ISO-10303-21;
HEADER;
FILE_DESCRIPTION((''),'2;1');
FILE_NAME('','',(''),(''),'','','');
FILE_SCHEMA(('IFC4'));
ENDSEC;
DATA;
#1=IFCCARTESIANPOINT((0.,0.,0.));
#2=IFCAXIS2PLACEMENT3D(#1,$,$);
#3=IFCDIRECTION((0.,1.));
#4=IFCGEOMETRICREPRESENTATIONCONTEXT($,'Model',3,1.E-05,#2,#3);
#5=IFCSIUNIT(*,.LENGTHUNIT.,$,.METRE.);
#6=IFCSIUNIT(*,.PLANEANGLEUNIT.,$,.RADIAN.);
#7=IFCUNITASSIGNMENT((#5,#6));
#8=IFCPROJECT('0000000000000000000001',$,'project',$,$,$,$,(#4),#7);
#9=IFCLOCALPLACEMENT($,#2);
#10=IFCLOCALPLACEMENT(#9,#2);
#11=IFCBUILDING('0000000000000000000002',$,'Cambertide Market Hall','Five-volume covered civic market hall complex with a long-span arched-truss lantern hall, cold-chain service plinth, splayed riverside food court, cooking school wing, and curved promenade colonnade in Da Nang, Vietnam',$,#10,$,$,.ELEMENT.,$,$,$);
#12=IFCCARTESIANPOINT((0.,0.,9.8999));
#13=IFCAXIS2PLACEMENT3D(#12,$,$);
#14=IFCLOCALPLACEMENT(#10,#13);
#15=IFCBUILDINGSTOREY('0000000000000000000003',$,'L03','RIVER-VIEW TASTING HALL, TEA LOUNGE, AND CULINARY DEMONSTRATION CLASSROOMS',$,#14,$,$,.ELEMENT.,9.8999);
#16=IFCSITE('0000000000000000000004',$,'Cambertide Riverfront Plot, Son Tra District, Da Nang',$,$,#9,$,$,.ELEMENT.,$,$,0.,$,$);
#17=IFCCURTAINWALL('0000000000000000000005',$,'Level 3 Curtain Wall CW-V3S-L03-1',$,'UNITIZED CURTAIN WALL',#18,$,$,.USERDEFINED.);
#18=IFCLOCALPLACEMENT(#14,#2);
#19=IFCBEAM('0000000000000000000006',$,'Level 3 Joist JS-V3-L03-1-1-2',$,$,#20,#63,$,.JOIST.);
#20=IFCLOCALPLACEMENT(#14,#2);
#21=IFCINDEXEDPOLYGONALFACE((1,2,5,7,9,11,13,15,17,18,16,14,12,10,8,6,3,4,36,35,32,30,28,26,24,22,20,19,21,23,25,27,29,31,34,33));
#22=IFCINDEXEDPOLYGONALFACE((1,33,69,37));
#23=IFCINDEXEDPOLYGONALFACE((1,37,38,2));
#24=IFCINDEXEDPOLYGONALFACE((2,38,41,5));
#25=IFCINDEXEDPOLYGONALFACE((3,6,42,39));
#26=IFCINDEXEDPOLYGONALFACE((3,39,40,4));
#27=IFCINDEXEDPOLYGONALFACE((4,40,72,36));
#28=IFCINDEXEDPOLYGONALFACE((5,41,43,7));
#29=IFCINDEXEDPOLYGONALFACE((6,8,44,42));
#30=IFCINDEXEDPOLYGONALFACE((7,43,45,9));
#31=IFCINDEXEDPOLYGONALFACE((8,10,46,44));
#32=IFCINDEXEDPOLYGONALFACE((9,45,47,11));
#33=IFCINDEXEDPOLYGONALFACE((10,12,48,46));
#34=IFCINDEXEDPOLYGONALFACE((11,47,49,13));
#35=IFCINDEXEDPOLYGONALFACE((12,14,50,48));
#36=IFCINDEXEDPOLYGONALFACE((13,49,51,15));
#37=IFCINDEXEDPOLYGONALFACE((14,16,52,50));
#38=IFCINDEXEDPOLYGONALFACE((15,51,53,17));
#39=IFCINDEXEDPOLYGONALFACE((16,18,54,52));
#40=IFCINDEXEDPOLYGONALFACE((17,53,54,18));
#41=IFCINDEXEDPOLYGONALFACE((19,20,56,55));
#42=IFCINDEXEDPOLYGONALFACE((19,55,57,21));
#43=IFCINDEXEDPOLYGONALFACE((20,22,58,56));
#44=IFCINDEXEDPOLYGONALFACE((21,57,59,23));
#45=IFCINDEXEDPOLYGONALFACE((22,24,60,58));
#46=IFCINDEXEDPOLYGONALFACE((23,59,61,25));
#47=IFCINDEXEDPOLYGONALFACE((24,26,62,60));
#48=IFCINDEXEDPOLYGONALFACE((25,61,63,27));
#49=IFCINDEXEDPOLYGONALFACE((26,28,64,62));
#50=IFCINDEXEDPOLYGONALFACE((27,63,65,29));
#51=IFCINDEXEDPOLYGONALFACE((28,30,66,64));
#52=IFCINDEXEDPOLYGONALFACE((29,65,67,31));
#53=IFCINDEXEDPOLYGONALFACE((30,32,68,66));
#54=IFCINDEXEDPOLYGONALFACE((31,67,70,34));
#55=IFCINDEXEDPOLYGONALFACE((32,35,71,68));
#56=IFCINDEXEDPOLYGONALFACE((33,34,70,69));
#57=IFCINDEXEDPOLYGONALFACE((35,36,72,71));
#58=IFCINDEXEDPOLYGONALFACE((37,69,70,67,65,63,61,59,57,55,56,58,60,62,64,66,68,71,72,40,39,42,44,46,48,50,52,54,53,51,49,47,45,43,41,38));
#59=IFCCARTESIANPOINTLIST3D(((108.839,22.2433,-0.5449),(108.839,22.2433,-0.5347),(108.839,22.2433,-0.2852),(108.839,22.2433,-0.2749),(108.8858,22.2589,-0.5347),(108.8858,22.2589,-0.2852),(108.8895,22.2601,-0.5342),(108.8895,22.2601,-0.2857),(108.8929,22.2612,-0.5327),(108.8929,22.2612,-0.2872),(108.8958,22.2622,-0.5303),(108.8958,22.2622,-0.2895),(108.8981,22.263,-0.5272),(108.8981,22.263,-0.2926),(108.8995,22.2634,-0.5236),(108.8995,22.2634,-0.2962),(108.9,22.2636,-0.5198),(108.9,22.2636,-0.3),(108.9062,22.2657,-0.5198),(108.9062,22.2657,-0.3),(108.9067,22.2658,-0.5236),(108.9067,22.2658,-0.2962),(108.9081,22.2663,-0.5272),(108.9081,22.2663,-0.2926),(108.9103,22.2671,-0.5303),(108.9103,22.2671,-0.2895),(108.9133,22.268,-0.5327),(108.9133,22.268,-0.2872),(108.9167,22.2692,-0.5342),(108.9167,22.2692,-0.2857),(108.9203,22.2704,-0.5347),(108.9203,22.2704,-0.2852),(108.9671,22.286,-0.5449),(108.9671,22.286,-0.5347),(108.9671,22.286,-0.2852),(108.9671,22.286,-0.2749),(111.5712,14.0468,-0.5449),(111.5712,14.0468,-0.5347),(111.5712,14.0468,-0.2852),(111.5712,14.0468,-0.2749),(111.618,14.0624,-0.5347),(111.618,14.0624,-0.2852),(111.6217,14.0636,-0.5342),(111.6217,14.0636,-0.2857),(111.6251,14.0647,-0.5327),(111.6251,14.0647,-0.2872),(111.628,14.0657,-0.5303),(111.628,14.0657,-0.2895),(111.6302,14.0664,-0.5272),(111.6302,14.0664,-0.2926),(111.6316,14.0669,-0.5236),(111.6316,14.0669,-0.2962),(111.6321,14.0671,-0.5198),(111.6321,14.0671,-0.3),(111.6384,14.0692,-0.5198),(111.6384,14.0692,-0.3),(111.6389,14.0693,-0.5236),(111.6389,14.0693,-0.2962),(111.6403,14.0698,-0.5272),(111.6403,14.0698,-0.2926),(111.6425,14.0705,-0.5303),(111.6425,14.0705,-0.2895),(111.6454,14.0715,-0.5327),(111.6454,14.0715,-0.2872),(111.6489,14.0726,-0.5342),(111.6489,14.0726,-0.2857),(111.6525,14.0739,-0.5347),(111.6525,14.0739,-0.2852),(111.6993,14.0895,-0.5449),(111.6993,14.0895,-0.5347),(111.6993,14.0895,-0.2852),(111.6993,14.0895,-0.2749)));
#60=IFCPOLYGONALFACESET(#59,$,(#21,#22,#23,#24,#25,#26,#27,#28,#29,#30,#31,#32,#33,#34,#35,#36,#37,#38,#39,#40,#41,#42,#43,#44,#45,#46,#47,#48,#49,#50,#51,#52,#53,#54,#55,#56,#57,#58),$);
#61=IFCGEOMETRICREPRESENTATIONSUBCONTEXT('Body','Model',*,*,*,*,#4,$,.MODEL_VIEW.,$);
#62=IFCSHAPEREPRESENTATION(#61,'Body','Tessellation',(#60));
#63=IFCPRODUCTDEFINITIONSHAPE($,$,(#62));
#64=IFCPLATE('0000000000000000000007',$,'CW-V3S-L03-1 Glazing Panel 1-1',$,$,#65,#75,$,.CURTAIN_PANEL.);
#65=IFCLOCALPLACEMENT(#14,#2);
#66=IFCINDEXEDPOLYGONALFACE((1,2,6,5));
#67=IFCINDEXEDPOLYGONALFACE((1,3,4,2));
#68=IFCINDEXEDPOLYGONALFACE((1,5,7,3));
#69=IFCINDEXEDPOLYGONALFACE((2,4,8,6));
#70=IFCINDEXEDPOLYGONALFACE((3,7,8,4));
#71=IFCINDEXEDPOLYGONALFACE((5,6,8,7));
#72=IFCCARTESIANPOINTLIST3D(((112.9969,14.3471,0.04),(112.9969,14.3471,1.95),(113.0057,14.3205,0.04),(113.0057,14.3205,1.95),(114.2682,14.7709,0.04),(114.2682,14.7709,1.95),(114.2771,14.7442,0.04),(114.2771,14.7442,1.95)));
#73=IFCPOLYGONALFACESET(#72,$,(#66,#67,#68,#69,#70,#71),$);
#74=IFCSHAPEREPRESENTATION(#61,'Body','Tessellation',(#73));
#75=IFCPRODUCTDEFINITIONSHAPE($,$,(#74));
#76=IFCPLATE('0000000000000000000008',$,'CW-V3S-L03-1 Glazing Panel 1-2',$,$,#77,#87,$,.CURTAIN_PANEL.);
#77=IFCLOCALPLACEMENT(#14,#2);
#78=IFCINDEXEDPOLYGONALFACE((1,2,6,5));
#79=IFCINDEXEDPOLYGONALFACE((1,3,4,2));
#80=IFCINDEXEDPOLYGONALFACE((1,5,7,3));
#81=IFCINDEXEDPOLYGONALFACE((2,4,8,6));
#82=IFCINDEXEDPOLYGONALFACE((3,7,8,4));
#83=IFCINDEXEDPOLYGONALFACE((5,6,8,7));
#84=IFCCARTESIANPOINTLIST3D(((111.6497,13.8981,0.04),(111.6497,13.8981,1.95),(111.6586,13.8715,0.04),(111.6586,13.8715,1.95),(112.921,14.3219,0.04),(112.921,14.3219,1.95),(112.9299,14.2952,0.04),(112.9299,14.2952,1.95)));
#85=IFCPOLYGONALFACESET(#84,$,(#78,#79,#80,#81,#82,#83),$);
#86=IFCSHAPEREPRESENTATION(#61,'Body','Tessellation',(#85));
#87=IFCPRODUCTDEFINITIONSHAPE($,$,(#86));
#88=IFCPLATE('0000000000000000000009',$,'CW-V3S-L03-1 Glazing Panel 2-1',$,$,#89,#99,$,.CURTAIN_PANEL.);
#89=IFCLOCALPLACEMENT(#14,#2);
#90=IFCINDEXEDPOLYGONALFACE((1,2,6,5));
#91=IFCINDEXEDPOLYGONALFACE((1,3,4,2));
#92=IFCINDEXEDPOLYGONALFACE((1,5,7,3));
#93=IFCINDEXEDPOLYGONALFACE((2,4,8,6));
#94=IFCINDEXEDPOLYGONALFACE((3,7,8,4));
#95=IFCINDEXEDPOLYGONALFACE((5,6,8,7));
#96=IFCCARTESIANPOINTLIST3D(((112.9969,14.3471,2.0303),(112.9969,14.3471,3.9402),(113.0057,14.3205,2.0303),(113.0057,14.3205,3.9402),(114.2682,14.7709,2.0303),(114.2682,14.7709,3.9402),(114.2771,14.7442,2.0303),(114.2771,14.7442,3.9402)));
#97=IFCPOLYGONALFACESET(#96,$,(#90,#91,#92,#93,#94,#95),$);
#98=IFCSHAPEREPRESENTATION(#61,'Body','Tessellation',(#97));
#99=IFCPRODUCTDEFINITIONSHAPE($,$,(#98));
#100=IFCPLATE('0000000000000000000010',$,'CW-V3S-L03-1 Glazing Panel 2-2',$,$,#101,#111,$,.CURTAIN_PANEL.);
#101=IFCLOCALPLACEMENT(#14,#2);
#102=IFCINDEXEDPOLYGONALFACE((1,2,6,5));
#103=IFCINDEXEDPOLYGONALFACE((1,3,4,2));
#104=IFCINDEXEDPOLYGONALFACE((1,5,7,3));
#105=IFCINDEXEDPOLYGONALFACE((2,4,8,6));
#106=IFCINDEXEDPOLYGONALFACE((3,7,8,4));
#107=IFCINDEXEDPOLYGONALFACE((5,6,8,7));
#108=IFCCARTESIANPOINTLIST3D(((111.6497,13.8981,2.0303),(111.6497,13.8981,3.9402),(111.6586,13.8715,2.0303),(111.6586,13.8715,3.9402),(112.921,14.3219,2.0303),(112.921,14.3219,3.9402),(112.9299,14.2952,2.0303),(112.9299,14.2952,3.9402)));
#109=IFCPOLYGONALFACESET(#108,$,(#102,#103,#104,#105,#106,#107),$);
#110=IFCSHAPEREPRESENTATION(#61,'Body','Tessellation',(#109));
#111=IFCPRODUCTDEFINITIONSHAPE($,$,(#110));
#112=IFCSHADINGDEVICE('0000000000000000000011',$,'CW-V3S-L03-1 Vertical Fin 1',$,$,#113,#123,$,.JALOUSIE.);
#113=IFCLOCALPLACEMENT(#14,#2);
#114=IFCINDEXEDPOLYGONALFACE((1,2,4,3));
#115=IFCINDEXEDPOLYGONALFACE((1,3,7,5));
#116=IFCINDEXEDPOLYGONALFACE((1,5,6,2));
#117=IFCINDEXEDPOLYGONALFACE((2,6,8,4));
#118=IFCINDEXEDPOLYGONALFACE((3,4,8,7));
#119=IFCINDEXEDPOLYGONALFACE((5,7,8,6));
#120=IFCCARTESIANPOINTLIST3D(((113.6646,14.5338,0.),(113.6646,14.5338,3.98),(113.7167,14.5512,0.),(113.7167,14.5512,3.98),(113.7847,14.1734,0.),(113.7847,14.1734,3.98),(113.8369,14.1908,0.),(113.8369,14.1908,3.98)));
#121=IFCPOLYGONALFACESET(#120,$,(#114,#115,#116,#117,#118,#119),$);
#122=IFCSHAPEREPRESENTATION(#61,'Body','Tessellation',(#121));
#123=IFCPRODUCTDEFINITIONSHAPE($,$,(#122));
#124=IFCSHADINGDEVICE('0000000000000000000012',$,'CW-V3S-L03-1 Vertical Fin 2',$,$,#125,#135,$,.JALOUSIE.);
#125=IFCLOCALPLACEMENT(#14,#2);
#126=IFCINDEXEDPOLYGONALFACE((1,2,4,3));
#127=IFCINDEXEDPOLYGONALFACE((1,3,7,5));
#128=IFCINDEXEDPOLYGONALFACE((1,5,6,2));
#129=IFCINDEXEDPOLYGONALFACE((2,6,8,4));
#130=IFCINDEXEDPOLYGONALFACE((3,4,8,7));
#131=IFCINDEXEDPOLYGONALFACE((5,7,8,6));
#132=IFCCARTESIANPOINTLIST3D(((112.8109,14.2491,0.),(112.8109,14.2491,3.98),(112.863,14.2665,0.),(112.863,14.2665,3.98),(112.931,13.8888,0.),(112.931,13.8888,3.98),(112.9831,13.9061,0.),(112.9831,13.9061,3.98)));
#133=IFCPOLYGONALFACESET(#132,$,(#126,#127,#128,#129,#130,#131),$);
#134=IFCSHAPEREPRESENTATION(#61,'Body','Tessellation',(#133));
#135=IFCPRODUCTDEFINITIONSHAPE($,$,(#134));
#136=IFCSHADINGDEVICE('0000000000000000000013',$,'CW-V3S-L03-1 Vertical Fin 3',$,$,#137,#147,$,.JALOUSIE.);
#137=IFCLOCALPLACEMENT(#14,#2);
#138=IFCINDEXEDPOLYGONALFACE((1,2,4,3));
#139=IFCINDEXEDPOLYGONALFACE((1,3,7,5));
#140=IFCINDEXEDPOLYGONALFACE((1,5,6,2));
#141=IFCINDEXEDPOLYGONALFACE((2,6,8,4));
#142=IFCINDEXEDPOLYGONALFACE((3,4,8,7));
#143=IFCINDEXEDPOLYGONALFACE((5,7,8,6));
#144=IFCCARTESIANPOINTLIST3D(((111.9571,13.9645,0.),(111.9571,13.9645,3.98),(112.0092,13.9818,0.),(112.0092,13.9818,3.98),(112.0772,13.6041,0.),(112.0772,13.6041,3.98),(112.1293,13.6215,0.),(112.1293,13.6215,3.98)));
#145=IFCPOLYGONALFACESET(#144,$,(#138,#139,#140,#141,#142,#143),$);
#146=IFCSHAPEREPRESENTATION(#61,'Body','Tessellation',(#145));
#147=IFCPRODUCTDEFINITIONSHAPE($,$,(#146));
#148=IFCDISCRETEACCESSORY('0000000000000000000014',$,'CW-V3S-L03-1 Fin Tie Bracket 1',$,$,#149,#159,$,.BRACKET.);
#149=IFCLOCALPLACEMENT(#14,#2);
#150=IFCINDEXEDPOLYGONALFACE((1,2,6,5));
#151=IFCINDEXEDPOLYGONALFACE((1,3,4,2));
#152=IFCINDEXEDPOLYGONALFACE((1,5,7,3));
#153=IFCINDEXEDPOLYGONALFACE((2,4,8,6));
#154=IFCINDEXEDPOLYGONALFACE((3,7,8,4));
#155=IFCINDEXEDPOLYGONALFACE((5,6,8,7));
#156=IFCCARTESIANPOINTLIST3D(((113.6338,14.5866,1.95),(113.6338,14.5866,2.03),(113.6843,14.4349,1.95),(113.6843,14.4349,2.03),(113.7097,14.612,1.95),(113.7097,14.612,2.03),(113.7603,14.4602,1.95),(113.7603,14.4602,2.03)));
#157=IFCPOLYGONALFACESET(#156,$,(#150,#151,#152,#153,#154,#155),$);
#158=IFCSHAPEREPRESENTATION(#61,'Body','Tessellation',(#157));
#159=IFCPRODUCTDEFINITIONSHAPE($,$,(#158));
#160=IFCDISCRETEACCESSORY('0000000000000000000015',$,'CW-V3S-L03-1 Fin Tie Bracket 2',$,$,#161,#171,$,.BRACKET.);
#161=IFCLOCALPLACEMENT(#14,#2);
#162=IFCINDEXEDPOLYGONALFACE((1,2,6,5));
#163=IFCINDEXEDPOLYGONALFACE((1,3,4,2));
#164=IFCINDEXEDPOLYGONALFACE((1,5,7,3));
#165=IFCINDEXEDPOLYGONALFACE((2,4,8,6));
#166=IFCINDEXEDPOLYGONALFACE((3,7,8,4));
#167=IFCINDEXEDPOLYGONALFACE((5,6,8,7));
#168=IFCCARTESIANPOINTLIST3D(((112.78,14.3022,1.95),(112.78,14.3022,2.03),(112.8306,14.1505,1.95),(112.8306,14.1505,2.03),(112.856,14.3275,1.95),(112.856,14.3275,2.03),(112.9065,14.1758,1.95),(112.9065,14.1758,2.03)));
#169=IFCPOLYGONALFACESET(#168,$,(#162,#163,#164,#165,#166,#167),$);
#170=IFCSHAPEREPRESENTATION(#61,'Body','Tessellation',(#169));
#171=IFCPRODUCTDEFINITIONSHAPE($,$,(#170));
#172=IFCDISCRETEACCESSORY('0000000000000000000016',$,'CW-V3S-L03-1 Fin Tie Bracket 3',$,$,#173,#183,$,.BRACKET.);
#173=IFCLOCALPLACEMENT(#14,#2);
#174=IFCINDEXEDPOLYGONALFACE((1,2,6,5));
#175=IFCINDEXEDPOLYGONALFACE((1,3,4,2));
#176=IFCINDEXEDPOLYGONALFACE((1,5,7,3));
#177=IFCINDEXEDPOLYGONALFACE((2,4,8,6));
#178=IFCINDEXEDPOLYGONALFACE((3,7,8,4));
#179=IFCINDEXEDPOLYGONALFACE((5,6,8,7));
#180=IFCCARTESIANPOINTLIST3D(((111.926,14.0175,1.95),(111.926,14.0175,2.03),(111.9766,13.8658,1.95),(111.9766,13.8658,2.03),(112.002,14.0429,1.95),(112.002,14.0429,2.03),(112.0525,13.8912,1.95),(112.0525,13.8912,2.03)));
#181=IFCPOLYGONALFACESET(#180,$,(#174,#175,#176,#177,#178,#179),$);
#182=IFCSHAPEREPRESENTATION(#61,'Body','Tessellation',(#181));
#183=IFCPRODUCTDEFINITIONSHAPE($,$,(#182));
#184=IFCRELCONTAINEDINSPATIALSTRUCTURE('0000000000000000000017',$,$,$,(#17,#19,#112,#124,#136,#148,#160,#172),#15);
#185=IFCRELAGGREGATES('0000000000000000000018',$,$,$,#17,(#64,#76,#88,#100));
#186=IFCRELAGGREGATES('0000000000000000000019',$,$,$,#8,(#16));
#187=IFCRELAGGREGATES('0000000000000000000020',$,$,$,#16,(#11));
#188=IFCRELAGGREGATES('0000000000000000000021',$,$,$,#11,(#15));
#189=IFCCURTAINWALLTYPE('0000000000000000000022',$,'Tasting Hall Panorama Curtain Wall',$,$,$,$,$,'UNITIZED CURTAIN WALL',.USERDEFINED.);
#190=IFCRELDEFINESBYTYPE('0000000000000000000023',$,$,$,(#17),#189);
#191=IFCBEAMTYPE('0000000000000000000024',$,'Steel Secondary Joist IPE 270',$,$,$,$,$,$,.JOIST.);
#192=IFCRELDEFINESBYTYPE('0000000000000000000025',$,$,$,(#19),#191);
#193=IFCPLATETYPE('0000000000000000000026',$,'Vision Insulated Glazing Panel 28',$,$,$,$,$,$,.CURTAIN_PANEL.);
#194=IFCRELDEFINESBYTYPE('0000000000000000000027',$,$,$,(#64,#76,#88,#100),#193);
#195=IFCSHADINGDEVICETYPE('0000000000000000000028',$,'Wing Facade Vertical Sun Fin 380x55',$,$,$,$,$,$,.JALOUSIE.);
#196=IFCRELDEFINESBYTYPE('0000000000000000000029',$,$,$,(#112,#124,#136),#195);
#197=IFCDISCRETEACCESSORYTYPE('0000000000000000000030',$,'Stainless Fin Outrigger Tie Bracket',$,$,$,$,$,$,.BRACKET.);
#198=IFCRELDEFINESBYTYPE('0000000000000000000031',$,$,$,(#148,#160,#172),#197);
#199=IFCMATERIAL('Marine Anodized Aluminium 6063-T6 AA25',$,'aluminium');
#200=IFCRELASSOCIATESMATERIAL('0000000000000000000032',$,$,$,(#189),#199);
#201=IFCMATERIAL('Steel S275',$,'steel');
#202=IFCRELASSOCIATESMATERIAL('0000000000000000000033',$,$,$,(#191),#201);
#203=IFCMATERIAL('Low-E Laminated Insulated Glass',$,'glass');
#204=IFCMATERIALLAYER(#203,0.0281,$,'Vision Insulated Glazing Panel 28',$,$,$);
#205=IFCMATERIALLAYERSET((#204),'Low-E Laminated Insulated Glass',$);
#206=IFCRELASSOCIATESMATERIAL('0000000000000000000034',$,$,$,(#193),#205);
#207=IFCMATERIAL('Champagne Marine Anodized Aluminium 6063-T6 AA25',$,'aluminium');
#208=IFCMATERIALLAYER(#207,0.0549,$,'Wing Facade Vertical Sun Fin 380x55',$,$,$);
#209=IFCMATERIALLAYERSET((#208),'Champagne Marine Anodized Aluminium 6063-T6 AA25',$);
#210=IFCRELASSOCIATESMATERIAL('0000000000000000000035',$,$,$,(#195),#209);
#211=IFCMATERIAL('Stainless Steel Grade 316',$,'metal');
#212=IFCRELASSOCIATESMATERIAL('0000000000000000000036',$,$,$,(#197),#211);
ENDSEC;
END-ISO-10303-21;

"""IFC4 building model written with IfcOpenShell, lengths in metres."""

from ifc_helpers import new_model, si_unit, direction, frame, origin, origin_2d, place, context, subcontext, project, spatial, rectangle, i_section, extrude, material, layer, layer_set, material_profile, profile_set, type_object, element, aggregate, save


model = new_model("IFC4")

# Units and contexts
model_context = context("Model", 3, precision=1e-05, world=origin(), true_north=direction((0.0, 1.0)))
body_context = subcontext(model_context, "Body", "Model", "MODEL_VIEW")
ifc_project = project(units=[si_unit("LENGTHUNIT", "METRE"), si_unit("PLANEANGLEUNIT", "RADIAN")], contexts=[model_context])

# Site, building, storey
site_placement = place(None, origin())
site = spatial("IfcSite", under=ifc_project, at=site_placement, Name="Cambertide Riverfront Plot, Son Tra District, Da Nang", CompositionType="ELEMENT", RefElevation=0.0)
building_placement = place(site_placement, origin())
building = spatial("IfcBuilding", under=site, at=building_placement, Name="Cambertide Market Hall", Description="Five-volume covered civic market hall complex with a long-span arched-truss lantern hall, cold-chain service plinth, splayed riverside food court, cooking school wing, and curved promenade colonnade in Da Nang, Vietnam", CompositionType="ELEMENT")
storey_placement = place(building_placement, frame((0.0, 0.0, 9.8999)))
storey = spatial("IfcBuildingStorey", under=building, at=storey_placement, Name="L03", Description="RIVER-VIEW TASTING HALL, TEA LOUNGE, AND CULINARY DEMONSTRATION CLASSROOMS", CompositionType="ELEMENT", Elevation=9.8999)

# Curtain wall
ifc_material_1 = material(Name="Marine Anodized Aluminium 6063-T6 AA25", Category="aluminium")
curtain_wall_type = type_object("IfcCurtainWallType", Name="Tasting Hall Panorama Curtain Wall", ElementType="UNITIZED CURTAIN WALL", PredefinedType="USERDEFINED", material=ifc_material_1)
curtain_wall_placement = place(storey_placement, origin())
curtain_wall = element("IfcCurtainWall", 1, at=curtain_wall_placement, inside=storey, type_object=curtain_wall_type, Name="Level 3 Curtain Wall CW-V3S-L03-1", ObjectType="UNITIZED CURTAIN WALL", PredefinedType="USERDEFINED")

# Beam
ifc_material_2 = material(Name="Steel S275", Category="steel")
ifc_material_profile_1 = material_profile(ifc_material_2, i_section(OverallWidth=0.135, OverallDepth=0.27, WebThickness=0.0066, FlangeThickness=0.0103, FilletRadius=0.0149, at=origin_2d()), Name="IPE 270")
ifc_profile_set_1 = profile_set([ifc_material_profile_1], Name="Steel S275")
beam_type = type_object("IfcBeamType", Name="Steel Secondary Joist IPE 270", PredefinedType="JOIST", material=ifc_profile_set_1)
beam_placement = place(storey_placement, frame((111.6353, 14.0681, -0.4099), z_axis=(-0.316228, 0.948683, 0.0), x_axis=(-0.948683, -0.316228, 0.0)))
element("IfcBeam", 2, at=beam_placement, inside=storey, type_object=beam_type, Name="Level 3 Joist JS-V3-L03-1-1-2", PredefinedType="JOIST", context=body_context, shape_type="SweptSolid", body=[
    extrude(i_section(OverallWidth=0.135, OverallDepth=0.27, WebThickness=0.0066, FlangeThickness=0.0103, FilletRadius=0.0149, at=origin_2d()), origin(), (0.0, 0.0, 1.0), 8.6399),
])

# Plates
ifc_material_3 = material(Name="Low-E Laminated Insulated Glass", Category="glass")
ifc_layer_1 = layer(ifc_material_3, 0.0281, Name="Vision Insulated Glazing Panel 28")
ifc_layer_set_1 = layer_set([ifc_layer_1], Name="Low-E Laminated Insulated Glass")
plate_type = type_object("IfcPlateType", Name="Vision Insulated Glazing Panel 28", PredefinedType="CURTAIN_PANEL", material=ifc_layer_set_1)
plate_1_placement = place(storey_placement, frame((113.637, 14.5457, 0.04), z_axis=(0.0, 0.0, 1.0), x_axis=(-0.948683, -0.316228, 0.0)))
plate_1 = element("IfcPlate", 3, at=plate_1_placement, type_object=plate_type, Name="CW-V3S-L03-1 Glazing Panel 1-1", PredefinedType="CURTAIN_PANEL", context=body_context, shape_type="SweptSolid", body=[
    extrude(rectangle(XDim=1.3401, YDim=0.0281, at=origin_2d()), origin(), (0.0, 0.0, 1.0), 1.9099),
])
plate_2_placement = place(storey_placement, frame((112.2898, 14.0967, 0.04), z_axis=(0.0, 0.0, 1.0), x_axis=(-0.948683, -0.316228, 0.0)))
plate_2 = element("IfcPlate", 4, at=plate_2_placement, type_object=plate_type, Name="CW-V3S-L03-1 Glazing Panel 1-2", PredefinedType="CURTAIN_PANEL", context=body_context, shape_type="SweptSolid", body=[
    extrude(rectangle(XDim=1.3401, YDim=0.0281, at=origin_2d()), origin(), (0.0, 0.0, 1.0), 1.9099),
])
plate_3_placement = place(storey_placement, frame((113.637, 14.5457, 2.0303), z_axis=(0.0, 0.0, 1.0), x_axis=(-0.948683, -0.316228, 0.0)))
plate_3 = element("IfcPlate", 5, at=plate_3_placement, type_object=plate_type, Name="CW-V3S-L03-1 Glazing Panel 2-1", PredefinedType="CURTAIN_PANEL", context=body_context, shape_type="SweptSolid", body=[
    extrude(rectangle(XDim=1.3401, YDim=0.0281, at=origin_2d()), origin(), (0.0, 0.0, 1.0), 1.9099),
])
plate_4_placement = place(storey_placement, frame((112.2898, 14.0967, 2.0303), z_axis=(0.0, 0.0, 1.0), x_axis=(-0.948683, -0.316228, 0.0)))
plate_4 = element("IfcPlate", 6, at=plate_4_placement, type_object=plate_type, Name="CW-V3S-L03-1 Glazing Panel 2-2", PredefinedType="CURTAIN_PANEL", context=body_context, shape_type="SweptSolid", body=[
    extrude(rectangle(XDim=1.3401, YDim=0.0281, at=origin_2d()), origin(), (0.0, 0.0, 1.0), 1.9099),
])
aggregate(curtain_wall, [plate_1, plate_2, plate_3, plate_4])

# Shading devices
ifc_material_4 = material(Name="Champagne Marine Anodized Aluminium 6063-T6 AA25", Category="aluminium")
ifc_layer_2 = layer(ifc_material_4, 0.0549, Name="Wing Facade Vertical Sun Fin 380x55")
ifc_layer_set_2 = layer_set([ifc_layer_2], Name="Champagne Marine Anodized Aluminium 6063-T6 AA25")
shading_device_type = type_object("IfcShadingDeviceType", Name="Wing Facade Vertical Sun Fin 380x55", PredefinedType="JALOUSIE", material=ifc_layer_set_2)
for number, where, z_axis, x_axis, name in (
    (7, (113.7507, 14.3623, 0.0), (0.0, 0.0, 1.0), (-0.948683, -0.316228, 0.0), "CW-V3S-L03-1 Vertical Fin 1"),
    (8, (112.897, 14.0776, 0.0), (0.0, 0.0, 1.0), (-0.948683, -0.316228, 0.0), "CW-V3S-L03-1 Vertical Fin 2"),
    (9, (112.0432, 13.793, 0.0), (0.0, 0.0, 1.0), (-0.948683, -0.316228, 0.0), "CW-V3S-L03-1 Vertical Fin 3"),
):
    element("IfcShadingDevice", number, at=place(storey_placement, frame(where, z_axis=z_axis, x_axis=x_axis)), inside=storey, type_object=shading_device_type, Name=name, PredefinedType="JALOUSIE", context=body_context, shape_type="SweptSolid", body=[
        extrude(rectangle(XDim=0.0549, YDim=0.3799, at=origin_2d()), origin(), (0.0, 0.0, 1.0), 3.98),
    ])

# Discrete accessories
ifc_material_5 = material(Name="Stainless Steel Grade 316", Category="metal")
discrete_accessory_type = type_object("IfcDiscreteAccessoryType", Name="Stainless Fin Outrigger Tie Bracket", PredefinedType="BRACKET", material=ifc_material_5)
for number, where, z_axis, x_axis, name in (
    (10, (113.697, 14.5234, 1.95), (0.0, 0.0, 1.0), (-0.948683, -0.316228, 0.0), "CW-V3S-L03-1 Fin Tie Bracket 1"),
    (11, (112.8433, 14.239, 1.95), (0.0, 0.0, 1.0), (-0.948683, -0.316228, 0.0), "CW-V3S-L03-1 Fin Tie Bracket 2"),
    (12, (111.9893, 13.9543, 1.95), (0.0, 0.0, 1.0), (-0.948683, -0.316228, 0.0), "CW-V3S-L03-1 Fin Tie Bracket 3"),
):
    element("IfcDiscreteAccessory", number, at=place(storey_placement, frame(where, z_axis=z_axis, x_axis=x_axis)), inside=storey, type_object=discrete_accessory_type, Name=name, PredefinedType="BRACKET", context=body_context, shape_type="SweptSolid", body=[
        extrude(rectangle(XDim=0.0801, YDim=0.1599, at=origin_2d()), origin(), (0.0, 0.0, 1.0), 0.0801),
    ])

save(model, "model.ifc")
